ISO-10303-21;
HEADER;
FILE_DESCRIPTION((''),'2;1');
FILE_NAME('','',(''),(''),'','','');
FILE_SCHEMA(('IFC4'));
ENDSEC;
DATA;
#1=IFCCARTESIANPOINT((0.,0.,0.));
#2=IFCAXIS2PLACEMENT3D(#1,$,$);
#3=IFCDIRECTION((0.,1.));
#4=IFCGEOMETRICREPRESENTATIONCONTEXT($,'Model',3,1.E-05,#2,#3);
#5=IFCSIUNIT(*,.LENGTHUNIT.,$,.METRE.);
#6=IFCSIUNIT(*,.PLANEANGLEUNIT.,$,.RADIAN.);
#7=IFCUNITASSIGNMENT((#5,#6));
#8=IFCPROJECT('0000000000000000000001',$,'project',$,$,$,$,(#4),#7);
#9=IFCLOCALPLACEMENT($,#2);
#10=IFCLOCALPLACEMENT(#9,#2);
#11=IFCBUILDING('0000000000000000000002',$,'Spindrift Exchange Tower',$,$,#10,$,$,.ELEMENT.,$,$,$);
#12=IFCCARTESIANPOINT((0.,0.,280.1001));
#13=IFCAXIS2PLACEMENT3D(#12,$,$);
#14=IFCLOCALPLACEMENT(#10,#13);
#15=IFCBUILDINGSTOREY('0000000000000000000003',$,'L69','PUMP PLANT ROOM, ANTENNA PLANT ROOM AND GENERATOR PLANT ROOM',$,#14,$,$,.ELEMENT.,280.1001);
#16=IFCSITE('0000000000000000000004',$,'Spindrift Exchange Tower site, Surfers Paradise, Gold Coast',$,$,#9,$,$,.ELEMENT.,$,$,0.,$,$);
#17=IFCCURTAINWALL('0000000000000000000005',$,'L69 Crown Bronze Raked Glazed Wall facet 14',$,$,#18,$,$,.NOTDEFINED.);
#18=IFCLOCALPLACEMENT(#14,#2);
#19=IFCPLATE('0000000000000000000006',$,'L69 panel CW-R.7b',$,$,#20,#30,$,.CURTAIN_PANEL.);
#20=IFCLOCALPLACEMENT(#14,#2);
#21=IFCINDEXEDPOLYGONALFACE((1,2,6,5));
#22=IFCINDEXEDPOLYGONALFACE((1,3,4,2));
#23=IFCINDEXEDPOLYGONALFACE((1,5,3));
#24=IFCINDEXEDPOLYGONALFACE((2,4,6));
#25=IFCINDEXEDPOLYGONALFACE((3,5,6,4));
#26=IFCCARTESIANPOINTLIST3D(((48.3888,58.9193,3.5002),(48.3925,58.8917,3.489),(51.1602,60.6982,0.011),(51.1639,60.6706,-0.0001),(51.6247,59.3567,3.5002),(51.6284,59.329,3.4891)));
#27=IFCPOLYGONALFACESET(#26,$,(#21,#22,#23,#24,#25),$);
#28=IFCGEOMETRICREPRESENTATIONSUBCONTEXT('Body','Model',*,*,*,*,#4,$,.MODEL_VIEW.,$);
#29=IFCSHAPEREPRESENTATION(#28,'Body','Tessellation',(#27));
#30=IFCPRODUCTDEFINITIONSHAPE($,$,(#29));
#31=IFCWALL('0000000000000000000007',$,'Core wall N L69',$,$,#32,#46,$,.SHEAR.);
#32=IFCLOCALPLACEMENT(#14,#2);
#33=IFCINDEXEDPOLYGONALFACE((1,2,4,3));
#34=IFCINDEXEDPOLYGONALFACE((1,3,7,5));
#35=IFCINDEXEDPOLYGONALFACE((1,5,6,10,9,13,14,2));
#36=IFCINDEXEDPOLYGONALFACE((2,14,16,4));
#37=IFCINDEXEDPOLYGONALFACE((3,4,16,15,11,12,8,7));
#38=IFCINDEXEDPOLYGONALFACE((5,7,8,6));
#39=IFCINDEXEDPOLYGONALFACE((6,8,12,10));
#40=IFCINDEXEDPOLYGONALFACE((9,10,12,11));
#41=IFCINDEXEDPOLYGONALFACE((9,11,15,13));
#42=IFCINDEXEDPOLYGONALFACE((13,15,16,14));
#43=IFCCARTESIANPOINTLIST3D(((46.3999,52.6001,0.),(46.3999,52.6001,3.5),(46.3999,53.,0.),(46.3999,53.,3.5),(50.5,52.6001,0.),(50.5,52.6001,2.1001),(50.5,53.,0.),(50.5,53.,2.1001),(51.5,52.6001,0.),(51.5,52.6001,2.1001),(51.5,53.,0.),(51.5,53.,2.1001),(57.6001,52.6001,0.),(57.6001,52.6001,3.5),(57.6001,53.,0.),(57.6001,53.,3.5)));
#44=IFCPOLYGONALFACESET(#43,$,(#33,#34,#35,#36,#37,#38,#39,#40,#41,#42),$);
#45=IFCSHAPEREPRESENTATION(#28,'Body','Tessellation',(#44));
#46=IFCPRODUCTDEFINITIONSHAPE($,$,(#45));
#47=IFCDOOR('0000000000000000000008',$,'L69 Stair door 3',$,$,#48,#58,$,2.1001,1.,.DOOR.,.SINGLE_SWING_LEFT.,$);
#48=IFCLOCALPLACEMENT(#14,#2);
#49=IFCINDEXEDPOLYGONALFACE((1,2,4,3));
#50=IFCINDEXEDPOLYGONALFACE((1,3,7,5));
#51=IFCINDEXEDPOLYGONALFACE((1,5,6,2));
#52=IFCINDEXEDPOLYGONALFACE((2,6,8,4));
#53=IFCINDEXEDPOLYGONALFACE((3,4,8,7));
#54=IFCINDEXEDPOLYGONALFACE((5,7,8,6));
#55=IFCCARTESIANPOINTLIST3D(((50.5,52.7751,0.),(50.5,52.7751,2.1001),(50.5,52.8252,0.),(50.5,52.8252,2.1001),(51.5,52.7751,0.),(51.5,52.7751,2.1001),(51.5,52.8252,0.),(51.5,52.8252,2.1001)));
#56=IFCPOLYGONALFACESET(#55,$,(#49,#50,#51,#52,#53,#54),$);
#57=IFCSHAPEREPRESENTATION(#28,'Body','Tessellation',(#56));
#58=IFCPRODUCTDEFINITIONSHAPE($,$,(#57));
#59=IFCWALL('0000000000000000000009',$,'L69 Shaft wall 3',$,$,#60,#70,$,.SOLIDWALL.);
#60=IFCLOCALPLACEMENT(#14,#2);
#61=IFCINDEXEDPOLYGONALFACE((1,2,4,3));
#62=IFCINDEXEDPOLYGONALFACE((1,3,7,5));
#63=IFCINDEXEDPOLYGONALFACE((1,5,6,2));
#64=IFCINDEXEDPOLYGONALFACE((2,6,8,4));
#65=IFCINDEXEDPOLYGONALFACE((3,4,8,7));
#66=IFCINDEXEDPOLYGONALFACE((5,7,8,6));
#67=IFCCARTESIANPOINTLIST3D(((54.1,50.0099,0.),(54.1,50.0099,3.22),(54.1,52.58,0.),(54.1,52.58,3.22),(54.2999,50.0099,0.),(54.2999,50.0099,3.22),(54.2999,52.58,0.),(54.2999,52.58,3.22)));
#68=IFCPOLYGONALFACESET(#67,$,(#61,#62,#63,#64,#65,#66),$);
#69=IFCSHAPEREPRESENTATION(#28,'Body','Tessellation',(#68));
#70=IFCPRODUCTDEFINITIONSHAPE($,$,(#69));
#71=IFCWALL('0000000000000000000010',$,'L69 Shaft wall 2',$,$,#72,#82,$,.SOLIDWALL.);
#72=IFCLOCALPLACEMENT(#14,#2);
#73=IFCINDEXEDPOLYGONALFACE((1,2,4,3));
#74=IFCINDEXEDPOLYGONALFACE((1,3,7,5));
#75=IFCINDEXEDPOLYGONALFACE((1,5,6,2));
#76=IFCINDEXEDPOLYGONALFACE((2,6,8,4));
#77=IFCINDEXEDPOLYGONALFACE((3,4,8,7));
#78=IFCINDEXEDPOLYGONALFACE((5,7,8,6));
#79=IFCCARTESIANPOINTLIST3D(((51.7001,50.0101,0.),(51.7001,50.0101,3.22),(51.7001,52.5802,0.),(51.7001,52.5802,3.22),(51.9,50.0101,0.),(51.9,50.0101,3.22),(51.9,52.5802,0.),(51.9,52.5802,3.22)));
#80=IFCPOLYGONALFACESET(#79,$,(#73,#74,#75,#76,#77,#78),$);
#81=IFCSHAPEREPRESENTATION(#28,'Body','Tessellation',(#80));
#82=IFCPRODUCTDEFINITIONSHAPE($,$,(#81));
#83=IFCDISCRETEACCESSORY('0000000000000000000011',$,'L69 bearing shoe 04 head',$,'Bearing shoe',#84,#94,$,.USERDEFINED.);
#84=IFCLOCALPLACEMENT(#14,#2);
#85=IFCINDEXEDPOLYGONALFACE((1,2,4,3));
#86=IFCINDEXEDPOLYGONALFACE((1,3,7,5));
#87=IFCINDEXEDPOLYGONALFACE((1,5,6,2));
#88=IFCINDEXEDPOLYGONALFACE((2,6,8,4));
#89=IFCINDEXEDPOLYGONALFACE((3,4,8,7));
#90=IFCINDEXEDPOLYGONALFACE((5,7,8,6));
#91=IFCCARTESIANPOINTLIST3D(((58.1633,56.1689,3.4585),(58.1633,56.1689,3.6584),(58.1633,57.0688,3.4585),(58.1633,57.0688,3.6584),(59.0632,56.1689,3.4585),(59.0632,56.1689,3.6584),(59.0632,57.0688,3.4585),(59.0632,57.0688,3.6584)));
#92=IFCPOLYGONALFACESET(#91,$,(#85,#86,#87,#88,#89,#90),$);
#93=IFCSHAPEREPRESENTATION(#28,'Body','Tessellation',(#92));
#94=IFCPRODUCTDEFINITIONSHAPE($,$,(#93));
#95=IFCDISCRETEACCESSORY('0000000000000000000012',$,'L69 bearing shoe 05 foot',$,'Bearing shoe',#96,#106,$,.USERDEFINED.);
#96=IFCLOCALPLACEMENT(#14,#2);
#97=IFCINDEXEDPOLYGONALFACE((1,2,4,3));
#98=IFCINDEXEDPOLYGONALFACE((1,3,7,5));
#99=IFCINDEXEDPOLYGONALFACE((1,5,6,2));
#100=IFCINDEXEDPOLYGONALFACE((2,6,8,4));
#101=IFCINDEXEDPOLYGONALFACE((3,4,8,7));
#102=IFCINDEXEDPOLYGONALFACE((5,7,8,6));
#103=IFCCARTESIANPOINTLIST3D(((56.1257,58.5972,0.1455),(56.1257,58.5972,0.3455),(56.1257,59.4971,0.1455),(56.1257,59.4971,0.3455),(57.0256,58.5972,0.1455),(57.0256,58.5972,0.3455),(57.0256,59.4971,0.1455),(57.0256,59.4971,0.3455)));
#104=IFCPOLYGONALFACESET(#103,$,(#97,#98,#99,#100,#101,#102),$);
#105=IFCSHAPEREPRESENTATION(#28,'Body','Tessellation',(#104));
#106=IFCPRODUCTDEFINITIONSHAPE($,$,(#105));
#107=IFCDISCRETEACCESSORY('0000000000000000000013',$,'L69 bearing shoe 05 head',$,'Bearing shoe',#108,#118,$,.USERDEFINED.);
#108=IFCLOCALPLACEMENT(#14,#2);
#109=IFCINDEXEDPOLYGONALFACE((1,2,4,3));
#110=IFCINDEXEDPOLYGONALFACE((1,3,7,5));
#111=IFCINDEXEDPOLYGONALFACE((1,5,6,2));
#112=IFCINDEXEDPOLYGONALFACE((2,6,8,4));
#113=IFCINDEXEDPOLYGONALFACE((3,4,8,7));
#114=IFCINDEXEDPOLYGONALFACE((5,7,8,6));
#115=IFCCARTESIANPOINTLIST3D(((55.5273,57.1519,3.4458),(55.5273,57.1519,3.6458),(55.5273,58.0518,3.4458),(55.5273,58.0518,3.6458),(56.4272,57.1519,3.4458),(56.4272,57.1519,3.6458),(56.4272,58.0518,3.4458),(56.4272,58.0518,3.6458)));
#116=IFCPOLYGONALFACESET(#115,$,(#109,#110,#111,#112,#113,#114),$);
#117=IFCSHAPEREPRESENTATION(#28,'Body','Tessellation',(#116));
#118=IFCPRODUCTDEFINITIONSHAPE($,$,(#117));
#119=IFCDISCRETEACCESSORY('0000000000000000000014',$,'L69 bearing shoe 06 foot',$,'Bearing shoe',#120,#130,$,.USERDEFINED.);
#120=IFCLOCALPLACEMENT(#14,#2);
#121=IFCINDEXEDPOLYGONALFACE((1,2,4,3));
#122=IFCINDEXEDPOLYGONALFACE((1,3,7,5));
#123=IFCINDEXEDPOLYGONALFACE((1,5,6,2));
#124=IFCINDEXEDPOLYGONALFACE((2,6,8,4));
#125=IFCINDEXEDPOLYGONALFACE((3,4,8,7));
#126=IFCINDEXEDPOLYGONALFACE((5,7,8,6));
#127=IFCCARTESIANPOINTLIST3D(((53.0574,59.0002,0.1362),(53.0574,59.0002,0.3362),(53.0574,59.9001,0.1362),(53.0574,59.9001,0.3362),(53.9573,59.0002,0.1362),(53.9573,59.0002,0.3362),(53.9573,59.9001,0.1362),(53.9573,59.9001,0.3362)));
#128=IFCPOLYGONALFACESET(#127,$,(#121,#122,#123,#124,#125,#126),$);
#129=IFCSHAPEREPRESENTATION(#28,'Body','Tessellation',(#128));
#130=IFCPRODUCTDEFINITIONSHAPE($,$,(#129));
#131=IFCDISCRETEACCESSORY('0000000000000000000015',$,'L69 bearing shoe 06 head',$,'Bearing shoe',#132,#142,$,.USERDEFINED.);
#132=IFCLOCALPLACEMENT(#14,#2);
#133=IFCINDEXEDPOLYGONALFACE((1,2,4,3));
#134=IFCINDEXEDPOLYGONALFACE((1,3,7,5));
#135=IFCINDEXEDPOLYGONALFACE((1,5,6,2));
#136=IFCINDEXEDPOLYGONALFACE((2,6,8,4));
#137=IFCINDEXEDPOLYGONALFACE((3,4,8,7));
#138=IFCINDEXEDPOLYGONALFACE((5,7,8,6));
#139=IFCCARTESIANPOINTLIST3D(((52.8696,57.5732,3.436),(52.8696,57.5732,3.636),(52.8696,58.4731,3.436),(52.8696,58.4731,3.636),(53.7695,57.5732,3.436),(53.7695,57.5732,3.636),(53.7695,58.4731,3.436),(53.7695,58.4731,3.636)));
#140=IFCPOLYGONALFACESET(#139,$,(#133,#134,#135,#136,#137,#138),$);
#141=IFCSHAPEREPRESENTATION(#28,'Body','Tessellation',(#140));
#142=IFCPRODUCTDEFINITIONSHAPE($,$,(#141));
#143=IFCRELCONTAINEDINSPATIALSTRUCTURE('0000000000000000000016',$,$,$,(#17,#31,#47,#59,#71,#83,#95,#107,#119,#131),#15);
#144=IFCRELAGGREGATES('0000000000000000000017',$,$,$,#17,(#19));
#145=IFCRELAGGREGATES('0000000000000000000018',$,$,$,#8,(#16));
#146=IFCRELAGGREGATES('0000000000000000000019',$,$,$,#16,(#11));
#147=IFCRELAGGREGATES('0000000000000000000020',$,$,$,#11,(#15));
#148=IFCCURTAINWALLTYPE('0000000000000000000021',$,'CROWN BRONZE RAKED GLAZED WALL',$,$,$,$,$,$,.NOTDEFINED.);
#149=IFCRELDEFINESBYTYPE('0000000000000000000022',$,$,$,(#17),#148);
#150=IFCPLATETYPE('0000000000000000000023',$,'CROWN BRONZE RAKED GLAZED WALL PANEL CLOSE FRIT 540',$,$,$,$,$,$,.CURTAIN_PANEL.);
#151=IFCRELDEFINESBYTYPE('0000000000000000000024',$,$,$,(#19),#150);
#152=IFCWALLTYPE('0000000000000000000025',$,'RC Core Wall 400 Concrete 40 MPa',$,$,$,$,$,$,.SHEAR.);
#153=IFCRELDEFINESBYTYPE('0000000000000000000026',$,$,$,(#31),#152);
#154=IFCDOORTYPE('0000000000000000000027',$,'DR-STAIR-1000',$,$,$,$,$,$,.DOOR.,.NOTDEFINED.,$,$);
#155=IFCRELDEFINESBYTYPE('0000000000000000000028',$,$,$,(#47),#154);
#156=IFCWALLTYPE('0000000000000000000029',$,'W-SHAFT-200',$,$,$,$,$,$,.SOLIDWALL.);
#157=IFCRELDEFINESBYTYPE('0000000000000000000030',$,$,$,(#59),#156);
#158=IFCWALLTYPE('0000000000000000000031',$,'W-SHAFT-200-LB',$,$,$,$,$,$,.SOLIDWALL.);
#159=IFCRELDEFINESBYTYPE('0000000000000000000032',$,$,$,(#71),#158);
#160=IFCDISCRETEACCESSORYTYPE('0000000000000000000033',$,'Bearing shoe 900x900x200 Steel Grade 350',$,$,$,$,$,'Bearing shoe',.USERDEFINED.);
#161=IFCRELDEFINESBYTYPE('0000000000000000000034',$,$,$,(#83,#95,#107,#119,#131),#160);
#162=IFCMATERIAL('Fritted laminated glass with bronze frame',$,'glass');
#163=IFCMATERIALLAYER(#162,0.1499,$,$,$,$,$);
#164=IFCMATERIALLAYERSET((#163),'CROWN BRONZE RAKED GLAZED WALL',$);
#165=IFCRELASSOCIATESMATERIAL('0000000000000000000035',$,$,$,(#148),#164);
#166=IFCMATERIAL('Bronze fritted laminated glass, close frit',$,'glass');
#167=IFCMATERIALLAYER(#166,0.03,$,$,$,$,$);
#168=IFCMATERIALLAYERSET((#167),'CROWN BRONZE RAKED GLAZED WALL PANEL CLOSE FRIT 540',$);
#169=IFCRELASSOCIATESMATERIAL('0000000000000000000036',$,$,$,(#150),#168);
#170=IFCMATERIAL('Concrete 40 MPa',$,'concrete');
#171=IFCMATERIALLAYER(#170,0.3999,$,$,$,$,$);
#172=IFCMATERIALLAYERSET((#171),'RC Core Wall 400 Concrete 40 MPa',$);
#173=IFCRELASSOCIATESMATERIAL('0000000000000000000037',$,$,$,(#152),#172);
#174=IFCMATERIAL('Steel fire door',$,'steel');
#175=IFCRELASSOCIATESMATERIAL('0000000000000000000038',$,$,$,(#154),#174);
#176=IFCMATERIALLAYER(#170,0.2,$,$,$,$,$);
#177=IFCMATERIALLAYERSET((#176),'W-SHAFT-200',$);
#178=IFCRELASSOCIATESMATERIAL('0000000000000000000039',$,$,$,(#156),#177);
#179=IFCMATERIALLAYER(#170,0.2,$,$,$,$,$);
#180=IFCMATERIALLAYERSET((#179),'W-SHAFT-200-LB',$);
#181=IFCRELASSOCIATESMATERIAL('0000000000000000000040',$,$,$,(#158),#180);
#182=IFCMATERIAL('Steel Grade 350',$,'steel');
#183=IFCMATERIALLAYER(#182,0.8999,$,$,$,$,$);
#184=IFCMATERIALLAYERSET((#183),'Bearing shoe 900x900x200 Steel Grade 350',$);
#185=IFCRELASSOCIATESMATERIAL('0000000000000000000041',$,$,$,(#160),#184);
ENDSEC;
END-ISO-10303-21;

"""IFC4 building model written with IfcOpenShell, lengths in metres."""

from ifc_helpers import new_model, si_unit, direction, frame, frame_2d, origin, origin_2d, place, context, subcontext, project, spatial, line, indexed_curve, rectangle, outline, extrude, source, transform, mapped, material, layer, layer_set, type_object, element, fill, aggregate, save


model = new_model("IFC4")

# Units and contexts
model_context = context("Model", 3, precision=1e-05, world=origin(), true_north=direction((0.0, 1.0)))
body_context = subcontext(model_context, "Body", "Model", "MODEL_VIEW")
ifc_project = project(units=[si_unit("LENGTHUNIT", "METRE"), si_unit("PLANEANGLEUNIT", "RADIAN")], contexts=[model_context])

# Site, building, storey
site_placement = place(None, origin())
site = spatial("IfcSite", under=ifc_project, at=site_placement, Name="Spindrift Exchange Tower site, Surfers Paradise, Gold Coast", CompositionType="ELEMENT", RefElevation=0.0)
building_placement = place(site_placement, origin())
building = spatial("IfcBuilding", under=site, at=building_placement, Name="Spindrift Exchange Tower", CompositionType="ELEMENT")
storey_placement = place(building_placement, frame((0.0, 0.0, 280.1001)))
storey = spatial("IfcBuildingStorey", under=building, at=storey_placement, Name="L69", Description="PUMP PLANT ROOM, ANTENNA PLANT ROOM AND GENERATOR PLANT ROOM", CompositionType="ELEMENT", Elevation=280.1001)

# Shared definitions
ifc_material_1 = material(Name="Concrete 40 MPa", Category="concrete")

# Shared definitions
ifc_material_2 = material(Name="Fritted laminated glass with bronze frame", Category="glass")
ifc_layer_1 = layer(ifc_material_2, 0.1499)
ifc_layer_set_1 = layer_set([ifc_layer_1], Name="CROWN BRONZE RAKED GLAZED WALL")
curtain_wall_type = type_object("IfcCurtainWallType", Name="CROWN BRONZE RAKED GLAZED WALL", PredefinedType="NOTDEFINED", material=ifc_layer_set_1)

# Curtain wall
curtain_wall_1_placement = place(storey_placement, origin())
curtain_wall_1 = element("IfcCurtainWall", 1, at=curtain_wall_1_placement, inside=storey, type_object=curtain_wall_type, Name="L69 Crown Bronze Raked Glazed Wall facet 14", PredefinedType="NOTDEFINED")

# Plate
ifc_material_3 = material(Name="Bronze fritted laminated glass, close frit", Category="glass")
ifc_layer_2 = layer(ifc_material_3, 0.03)
ifc_layer_set_2 = layer_set([ifc_layer_2], Name="CROWN BRONZE RAKED GLAZED WALL PANEL CLOSE FRIT 540")
plate_type_1 = type_object("IfcPlateType", Name="CROWN BRONZE RAKED GLAZED WALL PANEL CLOSE FRIT 540", PredefinedType="CURTAIN_PANEL", material=ifc_layer_set_2)
plate_1_placement = place(storey_placement, frame((51.1602, 60.6982, 0.011), z_axis=(-0.124401, 0.920473, 0.370477), x_axis=(-0.577628, -0.370769, 0.727239)))
plate_1 = element("IfcPlate", 2, at=plate_1_placement, type_object=plate_type_1, Name="L69 panel CW-R.7b", PredefinedType="CURTAIN_PANEL", context=body_context, shape_type="SweptSolid", body=[
    extrude(outline(indexed_curve([(0.0, 0.0), (4.7979, 0.0), (2.7666, 2.5566)], segments=[line(1, 2, 3, 1)], self_intersect=False)), origin(), (0.0, 0.0, -1.0), 0.03),
])
aggregate(curtain_wall_1, [plate_1])

# Wall, opening, door
ifc_layer_3 = layer(ifc_material_1, 0.3999)
ifc_layer_set_3 = layer_set([ifc_layer_3], Name="RC Core Wall 400 Concrete 40 MPa")
wall_type_1 = type_object("IfcWallType", Name="RC Core Wall 400 Concrete 40 MPa", PredefinedType="SHEAR", material=ifc_layer_set_3)
wall_1_placement = place(storey_placement, frame((57.6001, 52.8, 0.0), z_axis=(0.0, 0.0, 1.0), x_axis=(-1.0, 0.0, 0.0)))
wall_1 = element("IfcWall", 3, at=wall_1_placement, inside=storey, type_object=wall_type_1, Name="Core wall N L69", PredefinedType="SHEAR", context=body_context, shape_type="SweptSolid", body=[
    extrude(rectangle(XDim=11.2002, YDim=0.3999, at=frame_2d((5.6001, 0.0))), origin(), (0.0, 0.0, 1.0), 3.5),
])
opening_placement = place(wall_1_placement, frame((6.1001, 0.0, 0.0)))
opening = element("IfcOpeningElement", 4, at=opening_placement, cuts=wall_1, PredefinedType="OPENING", context=body_context, shape_type="SweptSolid", body=[
    extrude(rectangle(XDim=1.0, YDim=2.1001, at=frame_2d((0.5, 1.05))), frame((0.0, 0.21, 0.0), z_axis=(0.0, -1.0, 0.0), x_axis=(1.0, 0.0, 0.0)), (0.0, 0.0, 1.0), 0.4199),
])
ifc_material_4 = material(Name="Steel fire door", Category="steel")
door_type = type_object("IfcDoorType", Name="DR-STAIR-1000", OperationType="NOTDEFINED", PredefinedType="DOOR", material=ifc_material_4)
shared_shape_1 = source(origin(), body_context, "Body", "SweptSolid", [
    extrude(rectangle(XDim=1.0, YDim=2.1001, at=frame_2d((0.5, 1.05))), frame((0.0, 0.0249, 0.0), z_axis=(0.0, -1.0, 0.0), x_axis=(1.0, 0.0, 0.0)), (0.0, 0.0, 1.0), 0.05),
])
door_placement = place(opening_placement, origin())
door = element("IfcDoor", 5, at=door_placement, inside=storey, type_object=door_type, Name="L69 Stair door 3", OperationType="SINGLE_SWING_LEFT", OverallHeight=2.1001, OverallWidth=1.0, PredefinedType="DOOR", context=body_context, shape_type="MappedRepresentation", body=[
    mapped(shared_shape_1, transform((0.0, 0.0, 0.0), scale=1.0)),
])
fill(opening, door)

# Walls
ifc_layer_4 = layer(ifc_material_1, 0.2)
ifc_layer_set_4 = layer_set([ifc_layer_4], Name="W-SHAFT-200")
wall_type_2 = type_object("IfcWallType", Name="W-SHAFT-200", PredefinedType="SOLIDWALL", material=ifc_layer_set_4)
wall_2_placement = place(storey_placement, frame((54.2, 52.5801, 0.0), z_axis=(0.0, 0.0, 1.0), x_axis=(0.0, -1.0, 0.0)))
element("IfcWall", 6, at=wall_2_placement, inside=storey, type_object=wall_type_2, Name="L69 Shaft wall 3", PredefinedType="SOLIDWALL", context=body_context, shape_type="SweptSolid", body=[
    extrude(rectangle(XDim=2.5701, YDim=0.2, at=frame_2d((1.2852, 0.0))), origin(), (0.0, 0.0, 1.0), 3.22),
])
ifc_layer_5 = layer(ifc_material_1, 0.2)
ifc_layer_set_5 = layer_set([ifc_layer_5], Name="W-SHAFT-200-LB")
wall_type_3 = type_object("IfcWallType", Name="W-SHAFT-200-LB", PredefinedType="SOLIDWALL", material=ifc_layer_set_5)
wall_3_placement = place(storey_placement, frame((51.8, 50.01, 0.0), z_axis=(0.0, 0.0, 1.0), x_axis=(0.0, 1.0, 0.0)))
element("IfcWall", 7, at=wall_3_placement, inside=storey, type_object=wall_type_3, Name="L69 Shaft wall 2", PredefinedType="SOLIDWALL", context=body_context, shape_type="SweptSolid", body=[
    extrude(rectangle(XDim=2.5701, YDim=0.2, at=frame_2d((1.2852, 0.0))), origin(), (0.0, 0.0, 1.0), 3.22),
])

# Discrete accessories
ifc_material_5 = material(Name="Steel Grade 350", Category="steel")
ifc_layer_6 = layer(ifc_material_5, 0.8999)
ifc_layer_set_6 = layer_set([ifc_layer_6], Name="Bearing shoe 900x900x200 Steel Grade 350")
discrete_accessory_type = type_object("IfcDiscreteAccessoryType", Name="Bearing shoe 900x900x200 Steel Grade 350", ElementType="Bearing shoe", PredefinedType="USERDEFINED", material=ifc_layer_set_6)
shared_shape_2 = source(origin(), body_context, "Body", "SweptSolid", [
    extrude(rectangle(XDim=0.8999, YDim=0.8999, at=origin_2d()), origin(), (0.0, 0.0, 1.0), 0.2),
])
for number, where, z_axis, x_axis, name in (
    (8, (58.6133, 56.6189, 3.4585), (0.0, 0.0, 1.0), (1.0, 0.0, 0.0), "L69 bearing shoe 04 head"),
    (9, (56.5757, 59.0471, 0.1455), (0.0, 0.0, 1.0), (1.0, 0.0, 0.0), "L69 bearing shoe 05 foot"),
    (10, (55.9773, 57.6018, 3.4458), (0.0, 0.0, 1.0), (1.0, 0.0, 0.0), "L69 bearing shoe 05 head"),
    (11, (53.5073, 59.4502, 0.1362), (0.0, 0.0, 1.0), (1.0, 0.0, 0.0), "L69 bearing shoe 06 foot"),
    (12, (53.3196, 58.0232, 3.436), (0.0, 0.0, 1.0), (1.0, 0.0, 0.0), "L69 bearing shoe 06 head"),
):
    element("IfcDiscreteAccessory", number, at=place(storey_placement, frame(where, z_axis=z_axis, x_axis=x_axis)), inside=storey, type_object=discrete_accessory_type, Name=name, ObjectType="Bearing shoe", PredefinedType="USERDEFINED", context=body_context, shape_type="MappedRepresentation", body=[
        mapped(shared_shape_2, transform((0.0, 0.0, 0.0), scale=1.0)),
    ])

save(model, "model.ifc")
